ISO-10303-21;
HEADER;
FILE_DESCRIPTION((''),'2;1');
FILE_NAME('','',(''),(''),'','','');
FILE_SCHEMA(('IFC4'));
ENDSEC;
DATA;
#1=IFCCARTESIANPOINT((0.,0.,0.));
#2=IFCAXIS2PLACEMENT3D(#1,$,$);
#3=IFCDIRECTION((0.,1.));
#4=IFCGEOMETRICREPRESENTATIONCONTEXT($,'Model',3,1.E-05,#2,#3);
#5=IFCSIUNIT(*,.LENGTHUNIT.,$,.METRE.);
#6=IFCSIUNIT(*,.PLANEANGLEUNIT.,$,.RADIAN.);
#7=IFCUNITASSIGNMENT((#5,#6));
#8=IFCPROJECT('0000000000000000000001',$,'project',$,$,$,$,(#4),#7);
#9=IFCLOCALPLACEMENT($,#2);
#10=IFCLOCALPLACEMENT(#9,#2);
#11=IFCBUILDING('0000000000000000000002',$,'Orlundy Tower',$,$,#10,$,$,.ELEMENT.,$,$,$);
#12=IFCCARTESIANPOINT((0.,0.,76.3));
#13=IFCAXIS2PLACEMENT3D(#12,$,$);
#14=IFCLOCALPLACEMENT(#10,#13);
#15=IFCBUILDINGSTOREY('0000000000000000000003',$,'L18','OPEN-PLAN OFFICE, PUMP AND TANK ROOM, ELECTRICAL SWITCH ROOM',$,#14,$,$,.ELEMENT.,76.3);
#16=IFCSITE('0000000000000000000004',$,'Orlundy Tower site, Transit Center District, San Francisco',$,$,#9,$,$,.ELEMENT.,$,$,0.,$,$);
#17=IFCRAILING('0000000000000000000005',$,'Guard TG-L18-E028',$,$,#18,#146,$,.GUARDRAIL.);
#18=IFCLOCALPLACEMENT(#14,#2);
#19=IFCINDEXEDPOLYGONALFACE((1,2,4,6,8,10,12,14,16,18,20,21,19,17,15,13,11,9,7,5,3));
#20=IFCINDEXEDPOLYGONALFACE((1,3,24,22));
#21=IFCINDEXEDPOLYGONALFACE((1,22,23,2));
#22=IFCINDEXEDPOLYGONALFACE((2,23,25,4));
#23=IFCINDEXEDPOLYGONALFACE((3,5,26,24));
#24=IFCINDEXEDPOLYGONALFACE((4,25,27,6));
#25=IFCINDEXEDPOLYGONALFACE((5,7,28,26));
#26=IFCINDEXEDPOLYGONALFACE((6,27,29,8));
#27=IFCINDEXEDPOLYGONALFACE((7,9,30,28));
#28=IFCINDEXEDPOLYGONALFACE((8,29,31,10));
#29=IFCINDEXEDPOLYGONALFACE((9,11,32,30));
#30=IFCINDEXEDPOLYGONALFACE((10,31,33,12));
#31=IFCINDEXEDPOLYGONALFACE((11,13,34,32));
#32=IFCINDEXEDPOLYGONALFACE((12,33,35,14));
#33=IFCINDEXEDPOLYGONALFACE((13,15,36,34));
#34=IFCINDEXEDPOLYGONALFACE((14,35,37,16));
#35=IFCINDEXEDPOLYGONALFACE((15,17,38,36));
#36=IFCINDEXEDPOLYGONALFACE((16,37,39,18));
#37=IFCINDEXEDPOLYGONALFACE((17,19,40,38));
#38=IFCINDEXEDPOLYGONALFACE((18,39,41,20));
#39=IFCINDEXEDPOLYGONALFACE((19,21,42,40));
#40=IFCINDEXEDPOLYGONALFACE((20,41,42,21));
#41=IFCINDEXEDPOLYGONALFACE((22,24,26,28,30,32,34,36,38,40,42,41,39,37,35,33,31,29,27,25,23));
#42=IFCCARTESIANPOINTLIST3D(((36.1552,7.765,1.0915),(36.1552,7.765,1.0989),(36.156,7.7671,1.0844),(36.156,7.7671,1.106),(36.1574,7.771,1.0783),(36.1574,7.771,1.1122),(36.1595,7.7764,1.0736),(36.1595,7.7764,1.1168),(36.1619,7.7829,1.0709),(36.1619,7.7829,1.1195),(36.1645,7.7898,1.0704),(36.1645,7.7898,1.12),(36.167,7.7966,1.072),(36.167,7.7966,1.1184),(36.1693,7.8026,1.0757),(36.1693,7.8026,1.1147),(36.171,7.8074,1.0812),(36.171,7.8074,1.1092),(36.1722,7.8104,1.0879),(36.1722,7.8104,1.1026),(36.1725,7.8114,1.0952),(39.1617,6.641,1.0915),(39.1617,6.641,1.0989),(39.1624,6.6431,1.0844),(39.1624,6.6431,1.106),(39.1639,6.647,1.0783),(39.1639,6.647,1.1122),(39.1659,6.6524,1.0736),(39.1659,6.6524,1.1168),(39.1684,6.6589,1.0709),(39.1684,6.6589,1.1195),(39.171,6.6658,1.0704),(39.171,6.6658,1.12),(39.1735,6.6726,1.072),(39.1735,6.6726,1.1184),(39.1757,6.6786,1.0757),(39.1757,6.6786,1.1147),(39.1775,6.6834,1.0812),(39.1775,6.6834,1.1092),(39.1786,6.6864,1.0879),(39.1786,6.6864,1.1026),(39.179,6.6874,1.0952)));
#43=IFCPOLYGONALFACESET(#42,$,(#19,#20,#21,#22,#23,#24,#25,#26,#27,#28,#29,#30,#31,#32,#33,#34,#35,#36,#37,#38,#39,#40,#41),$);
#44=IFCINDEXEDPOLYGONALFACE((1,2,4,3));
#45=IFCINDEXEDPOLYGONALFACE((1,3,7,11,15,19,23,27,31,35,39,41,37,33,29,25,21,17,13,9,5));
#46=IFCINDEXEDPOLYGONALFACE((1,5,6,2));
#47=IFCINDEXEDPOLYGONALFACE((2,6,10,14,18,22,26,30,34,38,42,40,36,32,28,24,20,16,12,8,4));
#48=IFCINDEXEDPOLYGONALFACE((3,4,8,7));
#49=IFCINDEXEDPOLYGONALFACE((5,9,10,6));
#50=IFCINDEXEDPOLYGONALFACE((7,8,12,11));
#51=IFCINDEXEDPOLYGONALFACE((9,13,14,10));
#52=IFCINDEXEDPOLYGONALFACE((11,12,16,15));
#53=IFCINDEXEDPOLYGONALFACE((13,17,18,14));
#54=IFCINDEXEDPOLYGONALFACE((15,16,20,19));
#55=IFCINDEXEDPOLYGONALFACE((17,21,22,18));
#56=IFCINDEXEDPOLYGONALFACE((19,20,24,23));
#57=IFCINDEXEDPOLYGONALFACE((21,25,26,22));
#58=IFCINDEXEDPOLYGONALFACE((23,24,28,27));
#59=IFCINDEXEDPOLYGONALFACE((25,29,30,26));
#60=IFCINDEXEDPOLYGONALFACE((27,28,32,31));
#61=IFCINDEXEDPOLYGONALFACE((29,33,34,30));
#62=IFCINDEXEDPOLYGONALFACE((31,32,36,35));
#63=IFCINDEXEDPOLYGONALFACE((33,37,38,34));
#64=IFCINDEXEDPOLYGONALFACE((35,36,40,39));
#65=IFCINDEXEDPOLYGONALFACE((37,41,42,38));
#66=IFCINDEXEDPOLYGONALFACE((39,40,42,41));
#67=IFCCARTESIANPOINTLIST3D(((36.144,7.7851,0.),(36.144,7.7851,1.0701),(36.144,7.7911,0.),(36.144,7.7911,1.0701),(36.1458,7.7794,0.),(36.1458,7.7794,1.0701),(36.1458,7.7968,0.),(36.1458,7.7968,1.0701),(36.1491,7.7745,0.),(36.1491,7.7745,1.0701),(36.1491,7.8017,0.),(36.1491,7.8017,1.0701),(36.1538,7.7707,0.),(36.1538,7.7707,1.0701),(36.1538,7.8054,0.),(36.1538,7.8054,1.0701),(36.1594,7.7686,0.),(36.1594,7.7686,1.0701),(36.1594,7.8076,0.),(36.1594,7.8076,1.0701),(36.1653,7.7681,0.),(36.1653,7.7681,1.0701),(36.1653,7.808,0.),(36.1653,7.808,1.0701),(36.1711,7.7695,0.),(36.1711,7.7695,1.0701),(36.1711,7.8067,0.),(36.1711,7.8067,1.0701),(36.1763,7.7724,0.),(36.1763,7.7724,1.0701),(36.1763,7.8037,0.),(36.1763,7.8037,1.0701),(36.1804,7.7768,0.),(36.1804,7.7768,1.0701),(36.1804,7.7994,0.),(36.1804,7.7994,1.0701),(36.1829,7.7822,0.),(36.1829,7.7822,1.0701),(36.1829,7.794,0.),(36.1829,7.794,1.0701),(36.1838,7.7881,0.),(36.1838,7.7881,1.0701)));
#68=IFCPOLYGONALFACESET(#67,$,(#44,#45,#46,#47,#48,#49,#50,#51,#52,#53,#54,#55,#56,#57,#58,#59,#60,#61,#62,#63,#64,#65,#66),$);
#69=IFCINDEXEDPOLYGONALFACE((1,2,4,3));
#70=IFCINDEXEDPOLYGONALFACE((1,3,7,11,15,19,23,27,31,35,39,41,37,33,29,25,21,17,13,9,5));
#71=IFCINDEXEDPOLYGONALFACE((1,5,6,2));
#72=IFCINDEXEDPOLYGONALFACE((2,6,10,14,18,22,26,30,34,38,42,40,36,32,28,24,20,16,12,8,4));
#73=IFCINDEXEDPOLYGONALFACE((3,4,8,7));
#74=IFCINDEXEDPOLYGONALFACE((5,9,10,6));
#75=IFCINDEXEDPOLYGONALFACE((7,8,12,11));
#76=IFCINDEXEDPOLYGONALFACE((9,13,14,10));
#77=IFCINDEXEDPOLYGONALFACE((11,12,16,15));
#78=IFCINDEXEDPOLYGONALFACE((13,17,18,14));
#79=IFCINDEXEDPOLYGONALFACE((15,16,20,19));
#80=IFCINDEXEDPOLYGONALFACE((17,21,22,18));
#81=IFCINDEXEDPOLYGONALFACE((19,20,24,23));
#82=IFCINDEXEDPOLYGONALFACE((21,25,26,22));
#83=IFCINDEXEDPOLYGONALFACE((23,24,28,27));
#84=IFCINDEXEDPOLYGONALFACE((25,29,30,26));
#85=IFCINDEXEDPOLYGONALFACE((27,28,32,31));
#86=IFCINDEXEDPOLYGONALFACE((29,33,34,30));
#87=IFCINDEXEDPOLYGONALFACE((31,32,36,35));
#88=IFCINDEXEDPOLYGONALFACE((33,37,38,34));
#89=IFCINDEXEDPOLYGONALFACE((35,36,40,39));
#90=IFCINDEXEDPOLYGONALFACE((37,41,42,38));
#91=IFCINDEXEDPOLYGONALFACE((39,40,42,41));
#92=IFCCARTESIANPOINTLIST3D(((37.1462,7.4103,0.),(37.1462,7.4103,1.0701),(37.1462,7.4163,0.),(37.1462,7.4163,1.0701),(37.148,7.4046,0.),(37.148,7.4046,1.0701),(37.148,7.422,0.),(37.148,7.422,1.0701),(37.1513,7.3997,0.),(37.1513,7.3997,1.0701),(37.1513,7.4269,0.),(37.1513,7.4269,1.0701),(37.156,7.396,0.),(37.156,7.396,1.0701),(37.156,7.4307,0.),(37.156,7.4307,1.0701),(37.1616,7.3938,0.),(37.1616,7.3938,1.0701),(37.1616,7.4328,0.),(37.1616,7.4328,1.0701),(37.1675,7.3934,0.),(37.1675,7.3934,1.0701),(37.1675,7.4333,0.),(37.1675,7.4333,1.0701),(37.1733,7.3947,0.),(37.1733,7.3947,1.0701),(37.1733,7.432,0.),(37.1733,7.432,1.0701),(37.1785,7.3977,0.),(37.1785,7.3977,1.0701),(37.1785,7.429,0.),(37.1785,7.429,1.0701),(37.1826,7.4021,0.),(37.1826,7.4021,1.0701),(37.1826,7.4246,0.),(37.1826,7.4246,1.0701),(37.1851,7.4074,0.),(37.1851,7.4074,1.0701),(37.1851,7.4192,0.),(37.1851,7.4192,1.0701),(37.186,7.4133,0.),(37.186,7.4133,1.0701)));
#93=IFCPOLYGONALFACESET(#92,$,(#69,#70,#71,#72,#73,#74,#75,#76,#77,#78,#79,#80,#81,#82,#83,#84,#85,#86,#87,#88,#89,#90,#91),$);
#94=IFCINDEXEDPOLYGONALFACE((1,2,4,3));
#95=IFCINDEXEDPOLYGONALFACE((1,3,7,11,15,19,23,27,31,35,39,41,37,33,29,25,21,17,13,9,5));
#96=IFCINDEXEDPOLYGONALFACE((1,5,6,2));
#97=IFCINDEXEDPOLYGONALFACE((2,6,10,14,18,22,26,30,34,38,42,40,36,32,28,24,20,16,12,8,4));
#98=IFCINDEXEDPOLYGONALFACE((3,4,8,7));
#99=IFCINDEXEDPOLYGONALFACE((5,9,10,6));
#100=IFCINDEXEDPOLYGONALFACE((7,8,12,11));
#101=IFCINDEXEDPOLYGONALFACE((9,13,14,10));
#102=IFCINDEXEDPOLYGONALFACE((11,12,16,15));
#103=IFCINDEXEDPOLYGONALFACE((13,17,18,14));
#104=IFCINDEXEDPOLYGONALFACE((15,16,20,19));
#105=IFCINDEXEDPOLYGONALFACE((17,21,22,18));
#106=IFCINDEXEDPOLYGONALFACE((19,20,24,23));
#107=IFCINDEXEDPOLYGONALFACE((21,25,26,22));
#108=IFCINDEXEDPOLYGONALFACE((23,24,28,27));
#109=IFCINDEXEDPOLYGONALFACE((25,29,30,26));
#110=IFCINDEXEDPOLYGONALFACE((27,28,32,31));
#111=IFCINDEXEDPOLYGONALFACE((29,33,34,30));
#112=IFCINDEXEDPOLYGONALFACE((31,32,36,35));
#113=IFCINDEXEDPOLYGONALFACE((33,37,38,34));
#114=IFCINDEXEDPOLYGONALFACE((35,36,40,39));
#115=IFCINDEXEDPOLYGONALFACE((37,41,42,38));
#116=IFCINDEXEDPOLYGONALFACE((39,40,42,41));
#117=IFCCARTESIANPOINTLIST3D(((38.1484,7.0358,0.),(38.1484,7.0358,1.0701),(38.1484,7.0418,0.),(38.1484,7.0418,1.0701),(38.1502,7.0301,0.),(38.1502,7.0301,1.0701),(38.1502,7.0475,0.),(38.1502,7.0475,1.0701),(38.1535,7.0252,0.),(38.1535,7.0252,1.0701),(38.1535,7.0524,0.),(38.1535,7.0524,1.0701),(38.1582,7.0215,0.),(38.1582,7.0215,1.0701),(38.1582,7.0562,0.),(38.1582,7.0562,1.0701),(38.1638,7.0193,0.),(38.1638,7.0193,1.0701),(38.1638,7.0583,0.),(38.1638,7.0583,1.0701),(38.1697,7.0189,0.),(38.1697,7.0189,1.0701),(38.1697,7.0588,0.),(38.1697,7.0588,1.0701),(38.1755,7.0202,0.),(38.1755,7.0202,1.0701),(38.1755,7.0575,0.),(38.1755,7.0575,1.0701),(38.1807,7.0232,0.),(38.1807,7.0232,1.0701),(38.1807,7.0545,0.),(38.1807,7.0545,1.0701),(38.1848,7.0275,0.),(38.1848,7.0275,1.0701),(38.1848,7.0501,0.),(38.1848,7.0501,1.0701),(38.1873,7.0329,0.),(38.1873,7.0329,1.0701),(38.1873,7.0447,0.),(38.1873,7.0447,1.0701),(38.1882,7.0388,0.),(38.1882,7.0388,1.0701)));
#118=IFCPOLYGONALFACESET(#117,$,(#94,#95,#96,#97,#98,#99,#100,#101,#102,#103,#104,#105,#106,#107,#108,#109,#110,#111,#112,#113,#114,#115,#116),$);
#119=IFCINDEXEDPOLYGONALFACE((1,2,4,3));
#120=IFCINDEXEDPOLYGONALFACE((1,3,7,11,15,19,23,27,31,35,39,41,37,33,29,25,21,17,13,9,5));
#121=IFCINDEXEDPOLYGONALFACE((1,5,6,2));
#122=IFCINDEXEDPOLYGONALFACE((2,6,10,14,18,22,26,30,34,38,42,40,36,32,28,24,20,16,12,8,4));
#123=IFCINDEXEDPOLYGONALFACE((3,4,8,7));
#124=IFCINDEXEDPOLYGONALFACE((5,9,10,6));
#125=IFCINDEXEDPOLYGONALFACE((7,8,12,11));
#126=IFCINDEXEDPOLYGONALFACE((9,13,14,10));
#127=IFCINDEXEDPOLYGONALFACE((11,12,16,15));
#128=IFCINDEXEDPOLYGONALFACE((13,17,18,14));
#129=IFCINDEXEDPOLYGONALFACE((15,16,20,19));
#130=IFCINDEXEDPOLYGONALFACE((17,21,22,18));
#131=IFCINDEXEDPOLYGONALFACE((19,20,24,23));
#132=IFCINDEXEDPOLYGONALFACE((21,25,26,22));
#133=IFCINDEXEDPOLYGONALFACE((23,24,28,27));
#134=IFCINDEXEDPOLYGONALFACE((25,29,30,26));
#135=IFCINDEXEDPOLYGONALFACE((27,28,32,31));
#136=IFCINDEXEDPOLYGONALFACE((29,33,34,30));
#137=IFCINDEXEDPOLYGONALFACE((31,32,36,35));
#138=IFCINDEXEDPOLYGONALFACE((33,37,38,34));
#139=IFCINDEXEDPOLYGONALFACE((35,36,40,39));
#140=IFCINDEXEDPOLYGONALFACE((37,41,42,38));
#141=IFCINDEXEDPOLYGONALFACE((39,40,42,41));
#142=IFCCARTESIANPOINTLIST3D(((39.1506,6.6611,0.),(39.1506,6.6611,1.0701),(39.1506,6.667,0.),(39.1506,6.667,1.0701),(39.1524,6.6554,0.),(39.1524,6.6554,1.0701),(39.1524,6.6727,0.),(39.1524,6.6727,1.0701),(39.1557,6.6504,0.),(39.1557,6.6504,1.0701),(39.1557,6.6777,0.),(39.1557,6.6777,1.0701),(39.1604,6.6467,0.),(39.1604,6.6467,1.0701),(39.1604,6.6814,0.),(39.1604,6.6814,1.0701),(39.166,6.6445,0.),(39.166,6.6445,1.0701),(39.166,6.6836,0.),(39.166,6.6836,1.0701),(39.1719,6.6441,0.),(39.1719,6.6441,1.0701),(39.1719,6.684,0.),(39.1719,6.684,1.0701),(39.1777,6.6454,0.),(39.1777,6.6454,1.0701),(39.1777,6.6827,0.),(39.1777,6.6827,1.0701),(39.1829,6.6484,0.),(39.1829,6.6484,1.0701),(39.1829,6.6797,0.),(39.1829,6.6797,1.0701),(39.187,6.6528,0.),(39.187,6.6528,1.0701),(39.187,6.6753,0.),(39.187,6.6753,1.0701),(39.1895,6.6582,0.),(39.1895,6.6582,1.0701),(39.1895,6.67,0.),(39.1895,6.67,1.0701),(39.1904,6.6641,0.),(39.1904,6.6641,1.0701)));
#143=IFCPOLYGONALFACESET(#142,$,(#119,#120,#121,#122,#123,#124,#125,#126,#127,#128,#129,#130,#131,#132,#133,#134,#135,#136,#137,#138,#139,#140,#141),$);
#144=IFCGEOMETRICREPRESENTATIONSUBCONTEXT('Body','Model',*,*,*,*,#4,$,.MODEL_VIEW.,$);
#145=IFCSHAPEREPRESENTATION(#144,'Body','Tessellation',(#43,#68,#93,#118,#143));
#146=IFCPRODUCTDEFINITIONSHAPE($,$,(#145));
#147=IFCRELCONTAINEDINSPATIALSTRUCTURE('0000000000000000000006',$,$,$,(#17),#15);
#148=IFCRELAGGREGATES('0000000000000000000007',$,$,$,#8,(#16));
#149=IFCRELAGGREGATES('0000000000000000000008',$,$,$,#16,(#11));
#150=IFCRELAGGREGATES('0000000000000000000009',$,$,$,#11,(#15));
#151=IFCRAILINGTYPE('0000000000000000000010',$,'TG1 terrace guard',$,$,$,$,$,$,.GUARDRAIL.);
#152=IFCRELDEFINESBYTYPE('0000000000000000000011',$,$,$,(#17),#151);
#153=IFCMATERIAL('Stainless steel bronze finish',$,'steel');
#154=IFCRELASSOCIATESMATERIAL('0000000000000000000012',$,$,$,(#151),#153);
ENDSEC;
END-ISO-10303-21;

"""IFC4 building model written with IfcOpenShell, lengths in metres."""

from ifc_helpers import new_model, si_unit, direction, frame, origin, origin_2d, place, context, subcontext, project, spatial, circle, extrude, material, type_object, element, save


model = new_model("IFC4")

# Units and contexts
model_context = context("Model", 3, precision=1e-05, world=origin(), true_north=direction((0.0, 1.0)))
body_context = subcontext(model_context, "Body", "Model", "MODEL_VIEW")
ifc_project = project(units=[si_unit("LENGTHUNIT", "METRE"), si_unit("PLANEANGLEUNIT", "RADIAN")], contexts=[model_context])

# Site, building, storey
site_placement = place(None, origin())
site = spatial("IfcSite", under=ifc_project, at=site_placement, Name="Orlundy Tower site, Transit Center District, San Francisco", CompositionType="ELEMENT", RefElevation=0.0)
building_placement = place(site_placement, origin())
building = spatial("IfcBuilding", under=site, at=building_placement, Name="Orlundy Tower", CompositionType="ELEMENT")
storey_placement = place(building_placement, frame((0.0, 0.0, 76.3)))
storey = spatial("IfcBuildingStorey", under=building, at=storey_placement, Name="L18", Description="OPEN-PLAN OFFICE, PUMP AND TANK ROOM, ELECTRICAL SWITCH ROOM", CompositionType="ELEMENT", Elevation=76.3)

# Railing
ifc_material_1 = material(Name="Stainless steel bronze finish", Category="steel")
railing_type = type_object("IfcRailingType", Name="TG1 terrace guard", PredefinedType="GUARDRAIL", material=ifc_material_1)
railing_1_placement = place(storey_placement, frame((36.1638, 7.7881, 0.0)))
element("IfcRailing", 1, at=railing_1_placement, inside=storey, type_object=railing_type, Name="Guard TG-L18-E028", PredefinedType="GUARDRAIL", context=body_context, shape_type="SweptSolid", body=[
    extrude(circle(Radius=0.0249, at=origin_2d()), frame((0.0, 0.0, 1.0952), z_axis=(0.936682, -0.350181, 0.0), x_axis=(0.350181, 0.936682, 0.0)), (0.0, 0.0, 1.0), 3.2097),
    extrude(circle(Radius=0.02, at=origin_2d()), origin(), (0.0, 0.0, 1.0), 1.0701),
    extrude(circle(Radius=0.02, at=origin_2d()), frame((1.0022, -0.3748, 0.0)), (0.0, 0.0, 1.0), 1.0701),
    extrude(circle(Radius=0.02, at=origin_2d()), frame((2.0044, -0.7493, 0.0)), (0.0, 0.0, 1.0), 1.0701),
    extrude(circle(Radius=0.02, at=origin_2d()), frame((3.0066, -1.124, 0.0)), (0.0, 0.0, 1.0), 1.0701),
])

save(model, "model.ifc")
